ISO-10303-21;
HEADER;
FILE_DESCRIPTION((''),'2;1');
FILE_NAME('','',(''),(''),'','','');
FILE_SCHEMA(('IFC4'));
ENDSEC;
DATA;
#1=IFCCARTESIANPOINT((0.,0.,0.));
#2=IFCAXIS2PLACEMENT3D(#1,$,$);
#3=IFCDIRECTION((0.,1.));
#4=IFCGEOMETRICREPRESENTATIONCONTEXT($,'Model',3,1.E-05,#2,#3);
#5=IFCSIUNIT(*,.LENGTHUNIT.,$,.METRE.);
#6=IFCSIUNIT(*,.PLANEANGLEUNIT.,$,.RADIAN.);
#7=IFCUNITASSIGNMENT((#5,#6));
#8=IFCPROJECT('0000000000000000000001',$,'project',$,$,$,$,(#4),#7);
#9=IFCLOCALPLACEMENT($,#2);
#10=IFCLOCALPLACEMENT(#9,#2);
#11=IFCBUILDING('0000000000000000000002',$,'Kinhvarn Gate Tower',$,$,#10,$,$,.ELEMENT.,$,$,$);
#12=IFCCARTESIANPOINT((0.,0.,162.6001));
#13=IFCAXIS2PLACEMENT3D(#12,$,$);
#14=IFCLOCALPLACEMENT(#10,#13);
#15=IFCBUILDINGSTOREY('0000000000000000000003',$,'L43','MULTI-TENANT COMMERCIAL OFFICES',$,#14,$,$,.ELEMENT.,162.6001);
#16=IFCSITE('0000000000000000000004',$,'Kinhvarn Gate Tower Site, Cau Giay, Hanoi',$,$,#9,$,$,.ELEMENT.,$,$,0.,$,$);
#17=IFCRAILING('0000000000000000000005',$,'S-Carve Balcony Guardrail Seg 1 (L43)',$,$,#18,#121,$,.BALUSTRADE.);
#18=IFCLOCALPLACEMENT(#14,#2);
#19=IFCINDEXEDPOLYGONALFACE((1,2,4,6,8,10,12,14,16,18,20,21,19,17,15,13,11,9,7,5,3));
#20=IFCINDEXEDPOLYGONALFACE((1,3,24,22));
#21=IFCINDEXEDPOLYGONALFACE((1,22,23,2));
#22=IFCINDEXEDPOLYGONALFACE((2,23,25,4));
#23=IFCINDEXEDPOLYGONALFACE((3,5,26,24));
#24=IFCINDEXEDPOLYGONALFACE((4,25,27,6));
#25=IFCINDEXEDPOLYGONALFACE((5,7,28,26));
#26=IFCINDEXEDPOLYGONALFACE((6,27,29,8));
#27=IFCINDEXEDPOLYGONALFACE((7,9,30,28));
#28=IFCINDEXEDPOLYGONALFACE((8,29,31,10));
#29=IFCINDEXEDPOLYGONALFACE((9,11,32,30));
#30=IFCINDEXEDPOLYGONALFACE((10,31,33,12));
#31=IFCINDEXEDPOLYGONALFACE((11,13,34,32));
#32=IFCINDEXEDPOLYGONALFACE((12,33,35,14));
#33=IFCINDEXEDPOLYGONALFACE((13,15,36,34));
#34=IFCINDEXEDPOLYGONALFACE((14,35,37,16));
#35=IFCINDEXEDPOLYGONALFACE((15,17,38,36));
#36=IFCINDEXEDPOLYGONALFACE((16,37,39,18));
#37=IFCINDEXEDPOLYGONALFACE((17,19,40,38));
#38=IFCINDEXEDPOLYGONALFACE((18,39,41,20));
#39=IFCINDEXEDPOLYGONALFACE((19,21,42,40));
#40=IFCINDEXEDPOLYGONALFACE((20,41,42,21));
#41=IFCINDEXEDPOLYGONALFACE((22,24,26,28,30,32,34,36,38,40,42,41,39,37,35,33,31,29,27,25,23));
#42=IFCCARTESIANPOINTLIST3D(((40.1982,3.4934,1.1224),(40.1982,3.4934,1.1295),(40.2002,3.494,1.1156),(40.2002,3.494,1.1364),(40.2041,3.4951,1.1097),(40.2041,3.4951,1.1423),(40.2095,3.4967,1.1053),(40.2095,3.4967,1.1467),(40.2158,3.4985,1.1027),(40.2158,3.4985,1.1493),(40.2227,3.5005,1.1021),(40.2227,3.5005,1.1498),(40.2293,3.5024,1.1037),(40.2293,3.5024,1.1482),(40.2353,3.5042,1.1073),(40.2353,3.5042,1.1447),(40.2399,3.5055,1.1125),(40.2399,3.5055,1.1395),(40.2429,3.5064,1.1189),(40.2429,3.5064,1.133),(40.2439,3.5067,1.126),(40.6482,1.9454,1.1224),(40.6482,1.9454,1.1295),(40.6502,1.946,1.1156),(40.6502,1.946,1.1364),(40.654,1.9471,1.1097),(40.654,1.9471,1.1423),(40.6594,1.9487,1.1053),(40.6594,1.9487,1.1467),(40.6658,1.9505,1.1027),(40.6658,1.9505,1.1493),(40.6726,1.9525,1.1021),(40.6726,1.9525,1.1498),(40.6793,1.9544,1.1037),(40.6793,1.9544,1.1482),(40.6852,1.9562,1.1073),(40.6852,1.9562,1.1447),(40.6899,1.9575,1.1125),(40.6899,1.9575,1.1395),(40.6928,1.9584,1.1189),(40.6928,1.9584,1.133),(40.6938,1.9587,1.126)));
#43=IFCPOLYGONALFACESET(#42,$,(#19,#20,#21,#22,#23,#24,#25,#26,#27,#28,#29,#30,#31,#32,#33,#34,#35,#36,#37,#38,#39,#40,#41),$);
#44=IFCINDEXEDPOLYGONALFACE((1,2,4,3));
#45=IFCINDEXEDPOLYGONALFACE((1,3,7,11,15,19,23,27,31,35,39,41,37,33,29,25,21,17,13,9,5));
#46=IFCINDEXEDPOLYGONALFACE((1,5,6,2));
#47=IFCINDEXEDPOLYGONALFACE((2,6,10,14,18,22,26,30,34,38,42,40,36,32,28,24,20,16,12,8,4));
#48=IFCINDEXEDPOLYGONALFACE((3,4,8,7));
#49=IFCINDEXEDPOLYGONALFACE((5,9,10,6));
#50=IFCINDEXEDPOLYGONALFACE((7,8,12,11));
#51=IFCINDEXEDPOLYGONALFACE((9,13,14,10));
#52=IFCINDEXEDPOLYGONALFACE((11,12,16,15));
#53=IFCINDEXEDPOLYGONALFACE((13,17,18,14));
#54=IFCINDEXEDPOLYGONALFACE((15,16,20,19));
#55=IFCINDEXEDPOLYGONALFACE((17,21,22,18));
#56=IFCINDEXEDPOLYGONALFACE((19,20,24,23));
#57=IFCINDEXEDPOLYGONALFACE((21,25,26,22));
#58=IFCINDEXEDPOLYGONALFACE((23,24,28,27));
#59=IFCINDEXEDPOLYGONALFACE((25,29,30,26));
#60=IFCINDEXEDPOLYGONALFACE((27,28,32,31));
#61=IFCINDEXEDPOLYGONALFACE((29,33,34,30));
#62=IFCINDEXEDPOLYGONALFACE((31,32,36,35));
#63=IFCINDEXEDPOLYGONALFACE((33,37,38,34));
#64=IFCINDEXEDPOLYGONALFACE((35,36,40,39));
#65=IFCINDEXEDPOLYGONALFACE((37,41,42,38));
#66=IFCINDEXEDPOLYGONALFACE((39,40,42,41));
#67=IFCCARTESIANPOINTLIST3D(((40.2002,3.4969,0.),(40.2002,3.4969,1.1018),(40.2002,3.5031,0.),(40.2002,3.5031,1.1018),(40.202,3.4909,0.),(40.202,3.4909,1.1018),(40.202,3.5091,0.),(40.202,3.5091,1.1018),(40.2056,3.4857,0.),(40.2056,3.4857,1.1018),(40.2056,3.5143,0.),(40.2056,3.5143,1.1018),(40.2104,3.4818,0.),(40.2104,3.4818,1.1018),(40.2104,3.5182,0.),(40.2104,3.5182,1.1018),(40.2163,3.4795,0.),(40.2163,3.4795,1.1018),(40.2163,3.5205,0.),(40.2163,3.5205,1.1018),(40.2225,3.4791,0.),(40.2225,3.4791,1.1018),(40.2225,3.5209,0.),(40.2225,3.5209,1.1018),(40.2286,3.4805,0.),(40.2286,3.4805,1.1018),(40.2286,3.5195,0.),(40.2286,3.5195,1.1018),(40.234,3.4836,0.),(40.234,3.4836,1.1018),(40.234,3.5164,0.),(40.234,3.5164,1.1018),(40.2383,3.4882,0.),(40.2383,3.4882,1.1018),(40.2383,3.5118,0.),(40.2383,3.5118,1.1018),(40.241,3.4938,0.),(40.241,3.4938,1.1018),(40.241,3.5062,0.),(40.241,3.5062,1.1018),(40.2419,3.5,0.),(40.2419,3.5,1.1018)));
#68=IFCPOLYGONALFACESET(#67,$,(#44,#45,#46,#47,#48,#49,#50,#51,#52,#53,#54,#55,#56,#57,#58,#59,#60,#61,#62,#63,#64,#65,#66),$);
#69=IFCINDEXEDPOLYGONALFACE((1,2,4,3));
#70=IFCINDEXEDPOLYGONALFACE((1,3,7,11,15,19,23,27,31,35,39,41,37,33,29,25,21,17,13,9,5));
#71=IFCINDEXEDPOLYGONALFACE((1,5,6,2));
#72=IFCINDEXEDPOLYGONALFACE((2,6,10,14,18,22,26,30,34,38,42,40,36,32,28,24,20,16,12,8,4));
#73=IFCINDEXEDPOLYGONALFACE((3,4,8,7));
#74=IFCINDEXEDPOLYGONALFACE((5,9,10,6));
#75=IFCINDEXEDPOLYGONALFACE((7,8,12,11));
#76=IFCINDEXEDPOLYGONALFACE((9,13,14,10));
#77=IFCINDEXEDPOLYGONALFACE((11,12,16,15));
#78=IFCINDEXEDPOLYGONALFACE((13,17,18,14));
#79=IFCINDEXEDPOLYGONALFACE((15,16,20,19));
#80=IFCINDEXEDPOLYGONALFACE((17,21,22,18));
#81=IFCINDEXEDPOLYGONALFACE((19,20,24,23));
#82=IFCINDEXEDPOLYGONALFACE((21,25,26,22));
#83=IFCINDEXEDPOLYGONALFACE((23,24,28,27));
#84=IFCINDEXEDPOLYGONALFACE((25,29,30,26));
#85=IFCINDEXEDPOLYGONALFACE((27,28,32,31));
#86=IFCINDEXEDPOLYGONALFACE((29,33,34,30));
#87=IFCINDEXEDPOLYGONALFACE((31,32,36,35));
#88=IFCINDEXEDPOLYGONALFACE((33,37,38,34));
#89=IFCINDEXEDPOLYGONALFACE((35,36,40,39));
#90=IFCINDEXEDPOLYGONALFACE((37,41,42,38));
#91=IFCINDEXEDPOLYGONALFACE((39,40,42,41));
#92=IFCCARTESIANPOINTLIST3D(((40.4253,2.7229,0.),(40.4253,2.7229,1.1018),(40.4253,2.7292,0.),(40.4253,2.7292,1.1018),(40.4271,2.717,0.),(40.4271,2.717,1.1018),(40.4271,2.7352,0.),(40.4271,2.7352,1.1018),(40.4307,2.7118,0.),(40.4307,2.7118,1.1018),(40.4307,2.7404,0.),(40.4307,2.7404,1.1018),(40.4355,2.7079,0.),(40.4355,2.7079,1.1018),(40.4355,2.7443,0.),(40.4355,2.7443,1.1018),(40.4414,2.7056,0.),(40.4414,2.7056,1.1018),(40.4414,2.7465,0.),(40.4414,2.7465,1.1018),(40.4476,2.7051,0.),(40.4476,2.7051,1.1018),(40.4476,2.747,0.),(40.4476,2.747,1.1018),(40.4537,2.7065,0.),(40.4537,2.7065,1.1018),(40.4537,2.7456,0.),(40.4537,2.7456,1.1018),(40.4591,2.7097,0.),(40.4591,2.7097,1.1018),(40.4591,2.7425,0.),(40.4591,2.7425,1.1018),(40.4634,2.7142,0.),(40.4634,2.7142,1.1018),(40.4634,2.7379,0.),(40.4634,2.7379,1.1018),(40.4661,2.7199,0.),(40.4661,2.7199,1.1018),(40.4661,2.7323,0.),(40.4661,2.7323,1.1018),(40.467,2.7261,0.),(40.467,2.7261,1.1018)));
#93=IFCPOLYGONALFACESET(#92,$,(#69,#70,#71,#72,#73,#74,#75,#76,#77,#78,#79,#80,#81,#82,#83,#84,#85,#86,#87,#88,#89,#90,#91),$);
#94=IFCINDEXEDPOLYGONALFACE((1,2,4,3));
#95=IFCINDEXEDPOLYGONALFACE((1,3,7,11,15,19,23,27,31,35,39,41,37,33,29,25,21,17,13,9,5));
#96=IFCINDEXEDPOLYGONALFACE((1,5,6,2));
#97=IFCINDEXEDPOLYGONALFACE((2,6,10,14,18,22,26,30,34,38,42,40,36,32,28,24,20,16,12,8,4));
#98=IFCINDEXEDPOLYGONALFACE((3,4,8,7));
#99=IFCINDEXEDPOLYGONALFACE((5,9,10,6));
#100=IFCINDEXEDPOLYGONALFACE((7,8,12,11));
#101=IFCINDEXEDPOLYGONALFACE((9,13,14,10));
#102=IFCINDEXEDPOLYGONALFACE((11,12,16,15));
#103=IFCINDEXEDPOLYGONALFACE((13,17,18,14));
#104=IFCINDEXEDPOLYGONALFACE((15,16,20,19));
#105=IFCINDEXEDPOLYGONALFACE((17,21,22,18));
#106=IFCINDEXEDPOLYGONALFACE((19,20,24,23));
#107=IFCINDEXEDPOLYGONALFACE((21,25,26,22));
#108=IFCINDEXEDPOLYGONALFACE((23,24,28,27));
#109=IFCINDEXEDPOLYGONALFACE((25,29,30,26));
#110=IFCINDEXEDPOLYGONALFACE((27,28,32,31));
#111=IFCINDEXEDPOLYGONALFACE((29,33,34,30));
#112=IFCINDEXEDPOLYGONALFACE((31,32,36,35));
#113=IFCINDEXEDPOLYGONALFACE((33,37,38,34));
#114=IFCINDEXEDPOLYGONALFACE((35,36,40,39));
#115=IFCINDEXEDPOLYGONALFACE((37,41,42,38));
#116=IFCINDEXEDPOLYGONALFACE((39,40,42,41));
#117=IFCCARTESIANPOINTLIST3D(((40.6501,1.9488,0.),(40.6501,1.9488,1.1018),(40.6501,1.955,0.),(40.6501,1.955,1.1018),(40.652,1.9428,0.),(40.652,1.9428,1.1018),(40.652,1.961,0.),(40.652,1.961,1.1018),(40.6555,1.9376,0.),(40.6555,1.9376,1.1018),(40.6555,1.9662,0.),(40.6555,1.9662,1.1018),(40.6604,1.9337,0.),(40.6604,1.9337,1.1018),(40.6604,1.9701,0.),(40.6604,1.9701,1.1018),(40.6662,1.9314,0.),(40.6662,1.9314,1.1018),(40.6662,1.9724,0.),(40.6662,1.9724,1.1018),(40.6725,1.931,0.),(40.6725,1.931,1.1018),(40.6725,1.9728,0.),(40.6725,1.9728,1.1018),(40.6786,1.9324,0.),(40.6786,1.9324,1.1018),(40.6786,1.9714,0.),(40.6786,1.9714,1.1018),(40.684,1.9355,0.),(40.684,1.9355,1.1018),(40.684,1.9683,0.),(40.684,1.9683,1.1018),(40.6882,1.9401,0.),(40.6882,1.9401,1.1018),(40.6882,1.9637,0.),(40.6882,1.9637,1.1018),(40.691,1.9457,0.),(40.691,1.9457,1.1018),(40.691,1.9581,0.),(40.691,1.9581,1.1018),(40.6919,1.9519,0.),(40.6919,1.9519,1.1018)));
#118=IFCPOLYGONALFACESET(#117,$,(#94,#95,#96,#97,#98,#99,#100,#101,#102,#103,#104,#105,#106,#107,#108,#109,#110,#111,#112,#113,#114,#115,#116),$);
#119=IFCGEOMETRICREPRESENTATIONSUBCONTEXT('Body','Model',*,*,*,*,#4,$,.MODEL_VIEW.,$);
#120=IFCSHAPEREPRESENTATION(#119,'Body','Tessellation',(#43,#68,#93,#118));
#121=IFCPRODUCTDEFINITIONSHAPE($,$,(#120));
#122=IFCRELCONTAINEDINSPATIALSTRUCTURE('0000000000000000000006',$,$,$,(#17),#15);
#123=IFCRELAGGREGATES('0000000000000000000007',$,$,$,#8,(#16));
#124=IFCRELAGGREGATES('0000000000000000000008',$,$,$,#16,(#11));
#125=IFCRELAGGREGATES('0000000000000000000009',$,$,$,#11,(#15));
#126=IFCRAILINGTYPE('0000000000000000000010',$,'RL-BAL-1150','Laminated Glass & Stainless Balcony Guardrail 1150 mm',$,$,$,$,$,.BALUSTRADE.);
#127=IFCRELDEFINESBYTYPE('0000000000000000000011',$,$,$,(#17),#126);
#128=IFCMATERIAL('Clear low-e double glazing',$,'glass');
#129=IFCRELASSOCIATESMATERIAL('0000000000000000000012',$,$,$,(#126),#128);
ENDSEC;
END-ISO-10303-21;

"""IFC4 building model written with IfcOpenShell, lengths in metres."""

from ifc_helpers import new_model, si_unit, direction, frame, origin, origin_2d, place, context, subcontext, project, spatial, circle, extrude, material, type_object, element, save


model = new_model("IFC4")

# Units and contexts
model_context = context("Model", 3, precision=1e-05, world=origin(), true_north=direction((0.0, 1.0)))
body_context = subcontext(model_context, "Body", "Model", "MODEL_VIEW")
ifc_project = project(units=[si_unit("LENGTHUNIT", "METRE"), si_unit("PLANEANGLEUNIT", "RADIAN")], contexts=[model_context])

# Site, building, storey
site_placement = place(None, origin())
site = spatial("IfcSite", under=ifc_project, at=site_placement, Name="Kinhvarn Gate Tower Site, Cau Giay, Hanoi", CompositionType="ELEMENT", RefElevation=0.0)
building_placement = place(site_placement, origin())
building = spatial("IfcBuilding", under=site, at=building_placement, Name="Kinhvarn Gate Tower", CompositionType="ELEMENT")
storey_placement = place(building_placement, frame((0.0, 0.0, 162.6001)))
storey = spatial("IfcBuildingStorey", under=building, at=storey_placement, Name="L43", Description="MULTI-TENANT COMMERCIAL OFFICES", CompositionType="ELEMENT", Elevation=162.6001)

# Shared definitions
ifc_material_1 = material(Name="Clear low-e double glazing", Category="glass")

# Railing
railing_type = type_object("IfcRailingType", Name="RL-BAL-1150", Description="Laminated Glass & Stainless Balcony Guardrail 1150 mm", PredefinedType="BALUSTRADE", material=ifc_material_1)
railing_1_placement = place(storey_placement, frame((40.2209, 3.5, 0.0)))
element("IfcRailing", 1, at=railing_1_placement, inside=storey, type_object=railing_type, Name="S-Carve Balcony Guardrail Seg 1 (L43)", PredefinedType="BALUSTRADE", context=body_context, shape_type="SweptSolid", body=[
    extrude(circle(Radius=0.0239, at=origin_2d()), frame((0.0, 0.0, 1.126), z_axis=(0.279099, -0.960262, 0.0), x_axis=(0.960262, 0.279099, 0.0)), (0.0, 0.0, 1.0), 1.6121),
    extrude(circle(Radius=0.021, at=origin_2d()), origin(), (0.0, 0.0, 1.0), 1.1018),
    extrude(circle(Radius=0.021, at=origin_2d()), frame((0.2251, -0.7739, 0.0)), (0.0, 0.0, 1.0), 1.1018),
    extrude(circle(Radius=0.021, at=origin_2d()), frame((0.45, -1.5481, 0.0)), (0.0, 0.0, 1.0), 1.1018),
])

save(model, "model.ifc")
